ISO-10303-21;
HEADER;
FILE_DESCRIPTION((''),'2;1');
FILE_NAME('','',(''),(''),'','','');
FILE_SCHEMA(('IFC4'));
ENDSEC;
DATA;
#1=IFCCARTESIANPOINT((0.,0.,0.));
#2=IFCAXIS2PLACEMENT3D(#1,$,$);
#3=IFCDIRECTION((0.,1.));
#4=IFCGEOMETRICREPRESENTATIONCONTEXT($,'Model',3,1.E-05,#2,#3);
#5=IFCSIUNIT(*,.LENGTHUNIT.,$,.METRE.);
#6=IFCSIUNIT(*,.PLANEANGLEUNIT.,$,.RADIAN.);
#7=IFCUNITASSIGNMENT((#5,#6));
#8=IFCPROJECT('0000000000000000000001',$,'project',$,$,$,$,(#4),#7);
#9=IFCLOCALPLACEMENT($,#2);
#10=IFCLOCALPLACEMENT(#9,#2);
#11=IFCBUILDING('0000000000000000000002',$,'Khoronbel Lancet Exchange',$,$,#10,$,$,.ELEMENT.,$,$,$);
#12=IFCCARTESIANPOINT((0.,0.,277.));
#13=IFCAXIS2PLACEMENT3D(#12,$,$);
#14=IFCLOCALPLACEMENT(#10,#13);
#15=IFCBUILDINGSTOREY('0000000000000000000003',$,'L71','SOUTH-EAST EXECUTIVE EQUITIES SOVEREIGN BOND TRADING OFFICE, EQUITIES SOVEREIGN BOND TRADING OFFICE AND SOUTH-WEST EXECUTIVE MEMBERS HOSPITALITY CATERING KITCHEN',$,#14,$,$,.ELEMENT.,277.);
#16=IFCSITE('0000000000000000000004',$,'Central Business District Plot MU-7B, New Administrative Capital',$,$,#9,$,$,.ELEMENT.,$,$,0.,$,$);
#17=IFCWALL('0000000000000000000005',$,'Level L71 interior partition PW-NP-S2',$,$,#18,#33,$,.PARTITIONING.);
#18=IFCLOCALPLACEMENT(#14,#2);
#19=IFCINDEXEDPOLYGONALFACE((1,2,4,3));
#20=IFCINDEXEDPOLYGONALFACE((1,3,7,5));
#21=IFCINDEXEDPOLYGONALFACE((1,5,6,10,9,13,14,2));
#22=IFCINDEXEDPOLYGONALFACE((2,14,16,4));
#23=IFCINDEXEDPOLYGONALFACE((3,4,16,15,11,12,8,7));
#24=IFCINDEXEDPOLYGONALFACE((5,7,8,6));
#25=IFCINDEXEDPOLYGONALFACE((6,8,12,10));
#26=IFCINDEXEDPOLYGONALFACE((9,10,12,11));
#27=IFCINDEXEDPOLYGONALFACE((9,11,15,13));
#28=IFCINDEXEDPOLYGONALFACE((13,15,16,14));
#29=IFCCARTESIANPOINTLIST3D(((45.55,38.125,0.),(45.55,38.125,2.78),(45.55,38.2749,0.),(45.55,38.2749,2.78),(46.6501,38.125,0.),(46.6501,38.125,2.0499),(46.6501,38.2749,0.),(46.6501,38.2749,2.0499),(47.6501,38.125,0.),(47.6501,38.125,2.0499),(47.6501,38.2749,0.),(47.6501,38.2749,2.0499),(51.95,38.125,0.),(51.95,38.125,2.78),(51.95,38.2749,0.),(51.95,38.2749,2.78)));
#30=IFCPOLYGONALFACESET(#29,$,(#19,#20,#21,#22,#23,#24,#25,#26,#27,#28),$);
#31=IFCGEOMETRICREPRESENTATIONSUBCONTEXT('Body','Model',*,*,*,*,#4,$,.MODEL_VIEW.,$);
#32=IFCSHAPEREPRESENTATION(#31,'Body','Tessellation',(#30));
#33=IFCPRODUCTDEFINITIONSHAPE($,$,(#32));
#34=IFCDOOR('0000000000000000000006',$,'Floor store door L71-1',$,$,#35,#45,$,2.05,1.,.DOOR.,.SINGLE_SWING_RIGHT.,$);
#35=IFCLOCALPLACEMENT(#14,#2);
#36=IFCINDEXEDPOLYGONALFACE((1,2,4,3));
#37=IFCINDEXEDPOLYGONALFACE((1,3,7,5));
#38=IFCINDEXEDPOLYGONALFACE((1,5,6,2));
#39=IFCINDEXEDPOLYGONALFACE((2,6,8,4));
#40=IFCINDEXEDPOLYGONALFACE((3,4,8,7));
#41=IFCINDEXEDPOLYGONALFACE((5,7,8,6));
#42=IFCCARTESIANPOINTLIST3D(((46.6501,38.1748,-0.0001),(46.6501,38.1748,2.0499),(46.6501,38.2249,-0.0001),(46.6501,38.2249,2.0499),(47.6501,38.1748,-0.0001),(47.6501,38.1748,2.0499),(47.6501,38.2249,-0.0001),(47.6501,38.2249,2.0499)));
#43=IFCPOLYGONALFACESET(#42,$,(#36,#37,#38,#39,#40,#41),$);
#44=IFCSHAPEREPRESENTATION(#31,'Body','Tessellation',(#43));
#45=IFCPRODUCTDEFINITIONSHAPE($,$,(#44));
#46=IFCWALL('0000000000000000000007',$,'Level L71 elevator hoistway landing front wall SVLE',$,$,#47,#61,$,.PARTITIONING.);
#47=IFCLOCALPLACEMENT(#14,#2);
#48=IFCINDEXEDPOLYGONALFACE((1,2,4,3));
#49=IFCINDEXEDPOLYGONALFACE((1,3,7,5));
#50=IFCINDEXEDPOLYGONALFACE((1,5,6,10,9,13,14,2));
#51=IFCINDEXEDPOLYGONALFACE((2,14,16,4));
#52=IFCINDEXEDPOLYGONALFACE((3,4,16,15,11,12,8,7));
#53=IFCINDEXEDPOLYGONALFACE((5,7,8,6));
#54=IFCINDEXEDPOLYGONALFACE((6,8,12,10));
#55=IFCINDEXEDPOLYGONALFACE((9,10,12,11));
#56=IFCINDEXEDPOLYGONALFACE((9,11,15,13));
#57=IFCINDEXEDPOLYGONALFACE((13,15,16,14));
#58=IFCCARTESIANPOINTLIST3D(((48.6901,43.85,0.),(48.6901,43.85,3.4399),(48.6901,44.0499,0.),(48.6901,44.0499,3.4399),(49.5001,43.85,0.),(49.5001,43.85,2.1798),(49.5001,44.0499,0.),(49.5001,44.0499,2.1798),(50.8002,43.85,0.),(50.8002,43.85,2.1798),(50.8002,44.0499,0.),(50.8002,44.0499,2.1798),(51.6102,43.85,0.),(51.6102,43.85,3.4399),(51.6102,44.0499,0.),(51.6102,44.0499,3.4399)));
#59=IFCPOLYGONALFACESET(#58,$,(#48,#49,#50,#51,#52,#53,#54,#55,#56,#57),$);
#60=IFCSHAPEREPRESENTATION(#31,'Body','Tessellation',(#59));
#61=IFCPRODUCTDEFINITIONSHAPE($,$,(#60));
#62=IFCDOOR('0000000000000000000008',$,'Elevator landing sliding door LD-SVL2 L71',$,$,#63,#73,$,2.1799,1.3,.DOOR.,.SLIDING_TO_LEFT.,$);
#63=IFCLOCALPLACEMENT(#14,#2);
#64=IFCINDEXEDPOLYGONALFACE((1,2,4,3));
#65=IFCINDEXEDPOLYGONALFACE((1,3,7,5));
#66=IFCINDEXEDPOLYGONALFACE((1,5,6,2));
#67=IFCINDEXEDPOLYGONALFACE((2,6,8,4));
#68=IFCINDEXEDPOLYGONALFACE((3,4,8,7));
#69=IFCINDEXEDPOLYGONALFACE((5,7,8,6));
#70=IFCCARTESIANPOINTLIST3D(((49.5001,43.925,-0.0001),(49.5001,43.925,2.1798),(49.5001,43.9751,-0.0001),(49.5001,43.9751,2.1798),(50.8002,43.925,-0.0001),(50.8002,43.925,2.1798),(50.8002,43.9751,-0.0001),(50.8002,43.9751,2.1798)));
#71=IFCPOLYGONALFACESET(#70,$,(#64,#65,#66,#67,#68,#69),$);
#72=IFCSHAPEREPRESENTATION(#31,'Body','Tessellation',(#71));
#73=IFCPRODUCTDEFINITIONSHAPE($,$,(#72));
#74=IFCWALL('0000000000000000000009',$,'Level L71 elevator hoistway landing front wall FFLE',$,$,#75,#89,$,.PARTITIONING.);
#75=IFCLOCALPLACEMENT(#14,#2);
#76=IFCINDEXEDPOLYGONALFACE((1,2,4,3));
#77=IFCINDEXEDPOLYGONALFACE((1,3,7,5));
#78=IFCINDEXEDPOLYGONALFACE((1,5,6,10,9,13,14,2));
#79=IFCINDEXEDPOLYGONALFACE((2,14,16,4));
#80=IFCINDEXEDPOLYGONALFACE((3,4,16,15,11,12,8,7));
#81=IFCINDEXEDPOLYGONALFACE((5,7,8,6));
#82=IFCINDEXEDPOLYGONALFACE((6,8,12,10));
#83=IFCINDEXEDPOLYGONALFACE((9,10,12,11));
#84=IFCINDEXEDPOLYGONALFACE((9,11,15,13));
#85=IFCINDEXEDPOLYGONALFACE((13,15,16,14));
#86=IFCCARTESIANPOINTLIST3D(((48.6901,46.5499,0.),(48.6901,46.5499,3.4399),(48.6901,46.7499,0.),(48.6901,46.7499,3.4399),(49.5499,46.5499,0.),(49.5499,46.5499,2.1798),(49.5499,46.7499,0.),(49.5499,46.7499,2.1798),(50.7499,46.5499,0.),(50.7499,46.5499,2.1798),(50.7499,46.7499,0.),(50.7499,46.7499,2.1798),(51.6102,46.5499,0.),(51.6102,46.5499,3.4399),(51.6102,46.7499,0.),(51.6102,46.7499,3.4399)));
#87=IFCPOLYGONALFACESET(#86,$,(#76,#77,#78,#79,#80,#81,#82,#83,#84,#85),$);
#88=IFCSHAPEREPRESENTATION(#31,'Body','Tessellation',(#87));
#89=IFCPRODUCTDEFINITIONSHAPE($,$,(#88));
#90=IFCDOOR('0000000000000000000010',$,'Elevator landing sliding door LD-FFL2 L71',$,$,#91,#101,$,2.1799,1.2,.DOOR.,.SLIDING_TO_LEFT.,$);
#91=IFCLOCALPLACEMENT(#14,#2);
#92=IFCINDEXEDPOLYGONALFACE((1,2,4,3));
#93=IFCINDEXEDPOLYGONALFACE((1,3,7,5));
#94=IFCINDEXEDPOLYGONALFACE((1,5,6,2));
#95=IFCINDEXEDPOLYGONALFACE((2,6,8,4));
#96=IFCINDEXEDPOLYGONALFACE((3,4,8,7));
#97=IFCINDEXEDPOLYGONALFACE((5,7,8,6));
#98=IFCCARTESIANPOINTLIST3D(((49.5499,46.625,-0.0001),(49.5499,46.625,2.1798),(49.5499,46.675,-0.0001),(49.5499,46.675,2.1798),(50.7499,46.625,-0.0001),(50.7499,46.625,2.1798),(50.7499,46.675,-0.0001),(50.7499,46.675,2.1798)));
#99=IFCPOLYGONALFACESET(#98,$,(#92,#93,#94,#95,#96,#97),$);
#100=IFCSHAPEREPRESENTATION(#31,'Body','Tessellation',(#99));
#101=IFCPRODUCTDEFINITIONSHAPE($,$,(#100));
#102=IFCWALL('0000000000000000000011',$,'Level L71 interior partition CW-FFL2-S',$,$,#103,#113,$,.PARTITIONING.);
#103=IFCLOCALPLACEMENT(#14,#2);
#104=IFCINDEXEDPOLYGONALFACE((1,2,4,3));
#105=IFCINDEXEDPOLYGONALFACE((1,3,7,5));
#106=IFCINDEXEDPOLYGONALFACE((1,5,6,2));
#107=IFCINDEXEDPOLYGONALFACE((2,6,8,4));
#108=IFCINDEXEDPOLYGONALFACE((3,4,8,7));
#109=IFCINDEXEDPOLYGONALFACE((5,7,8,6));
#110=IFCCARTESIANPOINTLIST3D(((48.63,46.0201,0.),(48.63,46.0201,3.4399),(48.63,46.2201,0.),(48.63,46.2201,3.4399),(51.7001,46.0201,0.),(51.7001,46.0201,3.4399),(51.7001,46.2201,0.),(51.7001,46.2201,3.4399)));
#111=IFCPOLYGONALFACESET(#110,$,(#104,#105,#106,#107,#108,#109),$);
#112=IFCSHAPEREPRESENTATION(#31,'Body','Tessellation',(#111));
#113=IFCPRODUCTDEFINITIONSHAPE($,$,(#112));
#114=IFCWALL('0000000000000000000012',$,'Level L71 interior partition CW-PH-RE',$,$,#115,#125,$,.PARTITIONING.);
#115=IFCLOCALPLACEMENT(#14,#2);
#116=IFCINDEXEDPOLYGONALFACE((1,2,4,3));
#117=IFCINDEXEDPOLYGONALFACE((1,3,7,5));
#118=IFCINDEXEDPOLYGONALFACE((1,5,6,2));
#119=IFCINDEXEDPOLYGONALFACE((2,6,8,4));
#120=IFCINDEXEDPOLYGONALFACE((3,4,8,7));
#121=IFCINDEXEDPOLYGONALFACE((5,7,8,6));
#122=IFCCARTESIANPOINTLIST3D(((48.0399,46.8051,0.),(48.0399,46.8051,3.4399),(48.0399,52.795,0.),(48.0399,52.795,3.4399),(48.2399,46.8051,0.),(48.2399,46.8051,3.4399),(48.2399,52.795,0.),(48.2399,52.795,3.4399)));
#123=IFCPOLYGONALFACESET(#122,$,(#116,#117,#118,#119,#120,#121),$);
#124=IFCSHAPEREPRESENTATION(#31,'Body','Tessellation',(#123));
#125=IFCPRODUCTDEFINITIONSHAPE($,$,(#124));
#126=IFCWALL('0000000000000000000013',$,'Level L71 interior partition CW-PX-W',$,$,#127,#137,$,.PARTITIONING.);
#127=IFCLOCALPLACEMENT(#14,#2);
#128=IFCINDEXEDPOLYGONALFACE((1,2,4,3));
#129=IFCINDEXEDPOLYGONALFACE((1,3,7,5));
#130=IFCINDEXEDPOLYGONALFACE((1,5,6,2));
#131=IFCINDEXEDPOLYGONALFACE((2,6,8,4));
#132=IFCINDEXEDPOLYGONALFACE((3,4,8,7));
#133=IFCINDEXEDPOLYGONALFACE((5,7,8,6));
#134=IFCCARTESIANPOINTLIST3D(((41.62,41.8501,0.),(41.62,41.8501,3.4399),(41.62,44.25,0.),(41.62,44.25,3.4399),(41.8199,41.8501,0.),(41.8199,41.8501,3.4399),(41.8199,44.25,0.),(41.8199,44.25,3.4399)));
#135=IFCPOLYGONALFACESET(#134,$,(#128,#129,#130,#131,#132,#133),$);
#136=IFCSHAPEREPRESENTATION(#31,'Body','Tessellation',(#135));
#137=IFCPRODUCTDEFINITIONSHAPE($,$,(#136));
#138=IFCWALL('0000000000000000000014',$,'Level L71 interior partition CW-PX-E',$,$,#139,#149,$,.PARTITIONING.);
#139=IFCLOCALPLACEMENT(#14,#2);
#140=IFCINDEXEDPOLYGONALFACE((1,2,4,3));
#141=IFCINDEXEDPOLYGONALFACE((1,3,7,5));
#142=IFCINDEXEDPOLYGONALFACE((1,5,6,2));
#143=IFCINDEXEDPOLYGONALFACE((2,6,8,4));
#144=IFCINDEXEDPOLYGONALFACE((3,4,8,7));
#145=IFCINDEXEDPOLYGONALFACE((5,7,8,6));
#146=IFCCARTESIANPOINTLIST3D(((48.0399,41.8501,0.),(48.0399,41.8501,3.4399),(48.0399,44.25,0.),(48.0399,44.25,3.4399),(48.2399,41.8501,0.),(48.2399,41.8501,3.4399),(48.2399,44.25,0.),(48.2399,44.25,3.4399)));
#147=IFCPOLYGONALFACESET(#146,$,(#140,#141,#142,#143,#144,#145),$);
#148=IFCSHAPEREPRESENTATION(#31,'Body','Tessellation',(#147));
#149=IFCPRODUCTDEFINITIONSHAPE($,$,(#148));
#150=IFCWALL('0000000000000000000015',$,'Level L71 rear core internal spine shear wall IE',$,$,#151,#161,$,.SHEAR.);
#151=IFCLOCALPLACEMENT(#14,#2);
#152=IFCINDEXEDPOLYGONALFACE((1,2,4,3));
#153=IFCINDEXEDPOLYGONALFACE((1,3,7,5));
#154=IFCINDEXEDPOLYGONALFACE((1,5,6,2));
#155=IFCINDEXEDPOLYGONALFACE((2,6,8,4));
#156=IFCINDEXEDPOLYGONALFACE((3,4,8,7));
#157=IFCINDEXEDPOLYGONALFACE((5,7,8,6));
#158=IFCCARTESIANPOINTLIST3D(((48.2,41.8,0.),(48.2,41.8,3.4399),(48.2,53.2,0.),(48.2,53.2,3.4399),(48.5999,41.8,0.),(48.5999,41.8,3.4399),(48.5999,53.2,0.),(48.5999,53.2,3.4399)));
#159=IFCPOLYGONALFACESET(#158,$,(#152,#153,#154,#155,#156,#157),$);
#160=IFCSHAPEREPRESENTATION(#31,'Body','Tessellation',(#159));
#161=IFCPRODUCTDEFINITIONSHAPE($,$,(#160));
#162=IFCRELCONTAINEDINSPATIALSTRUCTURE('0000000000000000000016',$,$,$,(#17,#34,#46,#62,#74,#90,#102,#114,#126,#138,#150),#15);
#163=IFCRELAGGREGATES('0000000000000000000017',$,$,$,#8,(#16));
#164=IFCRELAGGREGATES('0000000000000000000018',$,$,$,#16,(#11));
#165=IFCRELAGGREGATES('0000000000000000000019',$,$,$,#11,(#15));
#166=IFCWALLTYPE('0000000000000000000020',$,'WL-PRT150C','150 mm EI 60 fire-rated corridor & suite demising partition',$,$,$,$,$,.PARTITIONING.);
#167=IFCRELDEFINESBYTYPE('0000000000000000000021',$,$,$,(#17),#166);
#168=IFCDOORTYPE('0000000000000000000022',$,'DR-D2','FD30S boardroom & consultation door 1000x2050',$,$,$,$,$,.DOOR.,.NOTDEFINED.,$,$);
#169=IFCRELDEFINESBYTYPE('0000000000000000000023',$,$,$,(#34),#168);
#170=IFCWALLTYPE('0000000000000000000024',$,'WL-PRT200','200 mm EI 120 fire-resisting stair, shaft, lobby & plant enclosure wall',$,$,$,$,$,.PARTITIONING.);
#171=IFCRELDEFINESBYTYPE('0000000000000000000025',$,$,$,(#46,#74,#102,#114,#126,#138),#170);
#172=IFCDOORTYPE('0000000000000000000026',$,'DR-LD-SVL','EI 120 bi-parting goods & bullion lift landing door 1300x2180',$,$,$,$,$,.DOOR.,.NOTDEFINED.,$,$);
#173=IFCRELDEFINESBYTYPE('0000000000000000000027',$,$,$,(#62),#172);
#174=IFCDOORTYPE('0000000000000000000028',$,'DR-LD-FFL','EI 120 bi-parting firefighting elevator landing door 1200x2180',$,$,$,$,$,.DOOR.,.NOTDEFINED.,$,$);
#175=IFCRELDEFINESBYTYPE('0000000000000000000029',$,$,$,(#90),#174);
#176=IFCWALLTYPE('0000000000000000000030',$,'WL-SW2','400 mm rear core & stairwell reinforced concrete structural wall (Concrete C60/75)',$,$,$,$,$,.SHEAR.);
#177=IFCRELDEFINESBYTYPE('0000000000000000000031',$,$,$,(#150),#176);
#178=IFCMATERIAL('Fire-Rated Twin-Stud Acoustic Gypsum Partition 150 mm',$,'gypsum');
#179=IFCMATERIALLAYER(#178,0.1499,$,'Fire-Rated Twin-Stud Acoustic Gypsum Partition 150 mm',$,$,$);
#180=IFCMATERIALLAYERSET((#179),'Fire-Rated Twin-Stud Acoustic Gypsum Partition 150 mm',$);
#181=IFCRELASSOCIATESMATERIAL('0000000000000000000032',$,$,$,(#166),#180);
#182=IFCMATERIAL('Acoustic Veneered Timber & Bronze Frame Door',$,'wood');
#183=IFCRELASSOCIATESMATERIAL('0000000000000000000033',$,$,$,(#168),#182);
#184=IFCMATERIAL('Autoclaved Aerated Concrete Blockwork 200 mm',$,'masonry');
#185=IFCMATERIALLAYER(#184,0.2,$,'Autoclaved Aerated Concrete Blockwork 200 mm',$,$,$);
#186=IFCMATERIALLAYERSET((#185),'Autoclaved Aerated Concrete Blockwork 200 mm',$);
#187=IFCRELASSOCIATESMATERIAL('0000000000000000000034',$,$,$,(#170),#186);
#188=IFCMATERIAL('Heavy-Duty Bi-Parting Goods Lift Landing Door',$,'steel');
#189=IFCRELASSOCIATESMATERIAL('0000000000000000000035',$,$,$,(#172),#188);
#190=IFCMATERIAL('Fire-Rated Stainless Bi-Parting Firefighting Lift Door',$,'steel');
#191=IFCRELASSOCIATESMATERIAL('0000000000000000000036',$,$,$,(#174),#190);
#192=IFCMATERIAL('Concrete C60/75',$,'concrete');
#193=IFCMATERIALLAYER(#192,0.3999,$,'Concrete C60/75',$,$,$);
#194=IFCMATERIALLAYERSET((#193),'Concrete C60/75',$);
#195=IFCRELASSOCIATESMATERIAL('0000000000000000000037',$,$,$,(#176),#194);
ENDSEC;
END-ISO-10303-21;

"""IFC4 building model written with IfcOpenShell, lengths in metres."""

from ifc_helpers import new_model, si_unit, direction, frame, frame_2d, origin, place, context, subcontext, project, spatial, rectangle, extrude, material, layer, layer_set, type_object, element, fill, save


model = new_model("IFC4")

# Units and contexts
model_context = context("Model", 3, precision=1e-05, world=origin(), true_north=direction((0.0, 1.0)))
body_context = subcontext(model_context, "Body", "Model", "MODEL_VIEW")
ifc_project = project(units=[si_unit("LENGTHUNIT", "METRE"), si_unit("PLANEANGLEUNIT", "RADIAN")], contexts=[model_context])

# Site, building, storey
site_placement = place(None, origin())
site = spatial("IfcSite", under=ifc_project, at=site_placement, Name="Central Business District Plot MU-7B, New Administrative Capital", CompositionType="ELEMENT", RefElevation=0.0)
building_placement = place(site_placement, origin())
building = spatial("IfcBuilding", under=site, at=building_placement, Name="Khoronbel Lancet Exchange", CompositionType="ELEMENT")
storey_placement = place(building_placement, frame((0.0, 0.0, 277.0)))
storey = spatial("IfcBuildingStorey", under=building, at=storey_placement, Name="L71", Description="SOUTH-EAST EXECUTIVE EQUITIES SOVEREIGN BOND TRADING OFFICE, EQUITIES SOVEREIGN BOND TRADING OFFICE AND SOUTH-WEST EXECUTIVE MEMBERS HOSPITALITY CATERING KITCHEN", CompositionType="ELEMENT", Elevation=277.0)

# Walls, openings, doors
ifc_material_1 = material(Name="Fire-Rated Twin-Stud Acoustic Gypsum Partition 150 mm", Category="gypsum")
ifc_layer_1 = layer(ifc_material_1, 0.1499, Name="Fire-Rated Twin-Stud Acoustic Gypsum Partition 150 mm")
ifc_layer_set_1 = layer_set([ifc_layer_1], Name="Fire-Rated Twin-Stud Acoustic Gypsum Partition 150 mm")
wall_type_1 = type_object("IfcWallType", Name="WL-PRT150C", Description="150 mm EI 60 fire-rated corridor & suite demising partition", PredefinedType="PARTITIONING", material=ifc_layer_set_1)
wall_1_placement = place(storey_placement, frame((45.55, 38.2, 0.0), z_axis=(0.0, 0.0, 1.0), x_axis=(1.0, 0.0, 0.0)))
wall_1 = element("IfcWall", 1, at=wall_1_placement, inside=storey, type_object=wall_type_1, Name="Level L71 interior partition PW-NP-S2", PredefinedType="PARTITIONING", context=body_context, shape_type="SweptSolid", body=[
    extrude(rectangle(XDim=6.3999, YDim=0.1499, at=frame_2d((3.2, 0.0))), origin(), (0.0, 0.0, 1.0), 2.78),
])
opening_1_placement = place(wall_1_placement, frame((1.1001, 0.0, 0.0)))
opening_1 = element("IfcOpeningElement", 2, at=opening_1_placement, cuts=wall_1, PredefinedType="OPENING", context=body_context, shape_type="SweptSolid", body=[
    extrude(rectangle(XDim=1.0, YDim=2.05, at=frame_2d((0.5, 1.0249))), frame((0.0, 0.085, 0.0), z_axis=(0.0, -1.0, 0.0), x_axis=(1.0, 0.0, 0.0)), (0.0, 0.0, 1.0), 0.1699),
])
ifc_material_2 = material(Name="Acoustic Veneered Timber & Bronze Frame Door", Category="wood")
door_type_1 = type_object("IfcDoorType", Name="DR-D2", Description="FD30S boardroom & consultation door 1000x2050", OperationType="NOTDEFINED", PredefinedType="DOOR", material=ifc_material_2)
door_1_placement = place(opening_1_placement, origin())
door_1 = element("IfcDoor", 3, at=door_1_placement, inside=storey, type_object=door_type_1, Name="Floor store door L71-1", OperationType="SINGLE_SWING_RIGHT", OverallHeight=2.05, OverallWidth=1.0, PredefinedType="DOOR", context=body_context, shape_type="SweptSolid", body=[
    extrude(rectangle(XDim=1.0, YDim=2.05, at=frame_2d((0.5, 1.0249))), frame((0.0, 0.0249, 0.0), z_axis=(0.0, -1.0, 0.0), x_axis=(1.0, 0.0, 0.0)), (0.0, 0.0, 1.0), 0.05),
])
fill(opening_1, door_1)
ifc_material_3 = material(Name="Autoclaved Aerated Concrete Blockwork 200 mm", Category="masonry")
ifc_layer_2 = layer(ifc_material_3, 0.2, Name="Autoclaved Aerated Concrete Blockwork 200 mm")
ifc_layer_set_2 = layer_set([ifc_layer_2], Name="Autoclaved Aerated Concrete Blockwork 200 mm")
wall_type_2 = type_object("IfcWallType", Name="WL-PRT200", Description="200 mm EI 120 fire-resisting stair, shaft, lobby & plant enclosure wall", PredefinedType="PARTITIONING", material=ifc_layer_set_2)
wall_2_placement = place(storey_placement, frame((51.6101, 43.95, 0.0), z_axis=(0.0, 0.0, 1.0), x_axis=(-1.0, 0.0, 0.0)))
wall_2 = element("IfcWall", 4, at=wall_2_placement, inside=storey, type_object=wall_type_2, Name="Level L71 elevator hoistway landing front wall SVLE", PredefinedType="PARTITIONING", context=body_context, shape_type="SweptSolid", body=[
    extrude(rectangle(XDim=2.9202, YDim=0.2, at=frame_2d((1.46, 0.0))), origin(), (0.0, 0.0, 1.0), 3.4399),
])
opening_2_placement = place(wall_2_placement, frame((0.8101, 0.0, 0.0)))
opening_2 = element("IfcOpeningElement", 5, at=opening_2_placement, cuts=wall_2, PredefinedType="OPENING", context=body_context, shape_type="SweptSolid", body=[
    extrude(rectangle(XDim=1.3, YDim=2.1799, at=frame_2d((0.6499, 1.0898))), frame((0.0, 0.1099, 0.0), z_axis=(0.0, -1.0, 0.0), x_axis=(1.0, 0.0, 0.0)), (0.0, 0.0, 1.0), 0.22),
])
ifc_material_4 = material(Name="Heavy-Duty Bi-Parting Goods Lift Landing Door", Category="steel")
door_type_2 = type_object("IfcDoorType", Name="DR-LD-SVL", Description="EI 120 bi-parting goods & bullion lift landing door 1300x2180", OperationType="NOTDEFINED", PredefinedType="DOOR", material=ifc_material_4)
door_2_placement = place(opening_2_placement, origin())
door_2 = element("IfcDoor", 6, at=door_2_placement, inside=storey, type_object=door_type_2, Name="Elevator landing sliding door LD-SVL2 L71", OperationType="SLIDING_TO_LEFT", OverallHeight=2.1799, OverallWidth=1.3, PredefinedType="DOOR", context=body_context, shape_type="SweptSolid", body=[
    extrude(rectangle(XDim=1.3, YDim=2.1799, at=frame_2d((0.6499, 1.0898))), frame((0.0, 0.0249, 0.0), z_axis=(0.0, -1.0, 0.0), x_axis=(1.0, 0.0, 0.0)), (0.0, 0.0, 1.0), 0.05),
])
fill(opening_2, door_2)
wall_3_placement = place(storey_placement, frame((51.6101, 46.6499, 0.0), z_axis=(0.0, 0.0, 1.0), x_axis=(-1.0, 0.0, 0.0)))
wall_3 = element("IfcWall", 7, at=wall_3_placement, inside=storey, type_object=wall_type_2, Name="Level L71 elevator hoistway landing front wall FFLE", PredefinedType="PARTITIONING", context=body_context, shape_type="SweptSolid", body=[
    extrude(rectangle(XDim=2.9202, YDim=0.2, at=frame_2d((1.46, 0.0))), origin(), (0.0, 0.0, 1.0), 3.4399),
])
opening_3_placement = place(wall_3_placement, frame((0.8601, 0.0, 0.0)))
opening_3 = element("IfcOpeningElement", 8, at=opening_3_placement, cuts=wall_3, PredefinedType="OPENING", context=body_context, shape_type="SweptSolid", body=[
    extrude(rectangle(XDim=1.2, YDim=2.1799, at=frame_2d((0.6001, 1.0898))), frame((0.0, 0.1099, 0.0), z_axis=(0.0, -1.0, 0.0), x_axis=(1.0, 0.0, 0.0)), (0.0, 0.0, 1.0), 0.22),
])
ifc_material_5 = material(Name="Fire-Rated Stainless Bi-Parting Firefighting Lift Door", Category="steel")
door_type_3 = type_object("IfcDoorType", Name="DR-LD-FFL", Description="EI 120 bi-parting firefighting elevator landing door 1200x2180", OperationType="NOTDEFINED", PredefinedType="DOOR", material=ifc_material_5)
door_3_placement = place(opening_3_placement, origin())
door_3 = element("IfcDoor", 9, at=door_3_placement, inside=storey, type_object=door_type_3, Name="Elevator landing sliding door LD-FFL2 L71", OperationType="SLIDING_TO_LEFT", OverallHeight=2.1799, OverallWidth=1.2, PredefinedType="DOOR", context=body_context, shape_type="SweptSolid", body=[
    extrude(rectangle(XDim=1.2, YDim=2.1799, at=frame_2d((0.6001, 1.0898))), frame((0.0, 0.0249, 0.0), z_axis=(0.0, -1.0, 0.0), x_axis=(1.0, 0.0, 0.0)), (0.0, 0.0, 1.0), 0.05),
])
fill(opening_3, door_3)

# Walls
wall_4_placement = place(storey_placement, frame((48.6299, 46.1201, 0.0), z_axis=(0.0, 0.0, 1.0), x_axis=(1.0, 0.0, 0.0)))
element("IfcWall", 10, at=wall_4_placement, inside=storey, type_object=wall_type_2, Name="Level L71 interior partition CW-FFL2-S", PredefinedType="PARTITIONING", context=body_context, shape_type="SweptSolid", body=[
    extrude(rectangle(XDim=3.0701, YDim=0.2, at=frame_2d((1.5352, 0.0))), origin(), (0.0, 0.0, 1.0), 3.4399),
])
wall_5_placement = place(storey_placement, frame((48.1399, 46.8049, 0.0), z_axis=(0.0, 0.0, 1.0), x_axis=(0.0, 1.0, 0.0)))
element("IfcWall", 11, at=wall_5_placement, inside=storey, type_object=wall_type_2, Name="Level L71 interior partition CW-PH-RE", PredefinedType="PARTITIONING", context=body_context, shape_type="SweptSolid", body=[
    extrude(rectangle(XDim=5.99, YDim=0.2, at=frame_2d((2.9951, 0.0))), origin(), (0.0, 0.0, 1.0), 3.4399),
])
for number, where, z_axis, x_axis, name in (
    (12, (41.72, 41.8501, 0.0), (0.0, 0.0, 1.0), (0.0, 1.0, 0.0), "Level L71 interior partition CW-PX-W"),
    (13, (48.1399, 41.8501, 0.0), (0.0, 0.0, 1.0), (0.0, 1.0, 0.0), "Level L71 interior partition CW-PX-E"),
):
    element("IfcWall", number, at=place(storey_placement, frame(where, z_axis=z_axis, x_axis=x_axis)), inside=storey, type_object=wall_type_2, Name=name, PredefinedType="PARTITIONING", context=body_context, shape_type="SweptSolid", body=[
        extrude(rectangle(XDim=2.3999, YDim=0.2, at=frame_2d((1.2, 0.0))), origin(), (0.0, 0.0, 1.0), 3.4399),
    ])
ifc_material_6 = material(Name="Concrete C60/75", Category="concrete")
ifc_layer_3 = layer(ifc_material_6, 0.3999, Name="Concrete C60/75")
ifc_layer_set_3 = layer_set([ifc_layer_3], Name="Concrete C60/75")
wall_type_3 = type_object("IfcWallType", Name="WL-SW2", Description="400 mm rear core & stairwell reinforced concrete structural wall (Concrete C60/75)", PredefinedType="SHEAR", material=ifc_layer_set_3)
wall_6_placement = place(storey_placement, frame((48.3999, 41.8, 0.0), z_axis=(0.0, 0.0, 1.0), x_axis=(0.0, 1.0, 0.0)))
element("IfcWall", 14, at=wall_6_placement, inside=storey, type_object=wall_type_3, Name="Level L71 rear core internal spine shear wall IE", PredefinedType="SHEAR", context=body_context, shape_type="SweptSolid", body=[
    extrude(rectangle(XDim=11.3999, YDim=0.3999, at=frame_2d((5.7, 0.0))), origin(), (0.0, 0.0, 1.0), 3.4399),
])

save(model, "model.ifc")
